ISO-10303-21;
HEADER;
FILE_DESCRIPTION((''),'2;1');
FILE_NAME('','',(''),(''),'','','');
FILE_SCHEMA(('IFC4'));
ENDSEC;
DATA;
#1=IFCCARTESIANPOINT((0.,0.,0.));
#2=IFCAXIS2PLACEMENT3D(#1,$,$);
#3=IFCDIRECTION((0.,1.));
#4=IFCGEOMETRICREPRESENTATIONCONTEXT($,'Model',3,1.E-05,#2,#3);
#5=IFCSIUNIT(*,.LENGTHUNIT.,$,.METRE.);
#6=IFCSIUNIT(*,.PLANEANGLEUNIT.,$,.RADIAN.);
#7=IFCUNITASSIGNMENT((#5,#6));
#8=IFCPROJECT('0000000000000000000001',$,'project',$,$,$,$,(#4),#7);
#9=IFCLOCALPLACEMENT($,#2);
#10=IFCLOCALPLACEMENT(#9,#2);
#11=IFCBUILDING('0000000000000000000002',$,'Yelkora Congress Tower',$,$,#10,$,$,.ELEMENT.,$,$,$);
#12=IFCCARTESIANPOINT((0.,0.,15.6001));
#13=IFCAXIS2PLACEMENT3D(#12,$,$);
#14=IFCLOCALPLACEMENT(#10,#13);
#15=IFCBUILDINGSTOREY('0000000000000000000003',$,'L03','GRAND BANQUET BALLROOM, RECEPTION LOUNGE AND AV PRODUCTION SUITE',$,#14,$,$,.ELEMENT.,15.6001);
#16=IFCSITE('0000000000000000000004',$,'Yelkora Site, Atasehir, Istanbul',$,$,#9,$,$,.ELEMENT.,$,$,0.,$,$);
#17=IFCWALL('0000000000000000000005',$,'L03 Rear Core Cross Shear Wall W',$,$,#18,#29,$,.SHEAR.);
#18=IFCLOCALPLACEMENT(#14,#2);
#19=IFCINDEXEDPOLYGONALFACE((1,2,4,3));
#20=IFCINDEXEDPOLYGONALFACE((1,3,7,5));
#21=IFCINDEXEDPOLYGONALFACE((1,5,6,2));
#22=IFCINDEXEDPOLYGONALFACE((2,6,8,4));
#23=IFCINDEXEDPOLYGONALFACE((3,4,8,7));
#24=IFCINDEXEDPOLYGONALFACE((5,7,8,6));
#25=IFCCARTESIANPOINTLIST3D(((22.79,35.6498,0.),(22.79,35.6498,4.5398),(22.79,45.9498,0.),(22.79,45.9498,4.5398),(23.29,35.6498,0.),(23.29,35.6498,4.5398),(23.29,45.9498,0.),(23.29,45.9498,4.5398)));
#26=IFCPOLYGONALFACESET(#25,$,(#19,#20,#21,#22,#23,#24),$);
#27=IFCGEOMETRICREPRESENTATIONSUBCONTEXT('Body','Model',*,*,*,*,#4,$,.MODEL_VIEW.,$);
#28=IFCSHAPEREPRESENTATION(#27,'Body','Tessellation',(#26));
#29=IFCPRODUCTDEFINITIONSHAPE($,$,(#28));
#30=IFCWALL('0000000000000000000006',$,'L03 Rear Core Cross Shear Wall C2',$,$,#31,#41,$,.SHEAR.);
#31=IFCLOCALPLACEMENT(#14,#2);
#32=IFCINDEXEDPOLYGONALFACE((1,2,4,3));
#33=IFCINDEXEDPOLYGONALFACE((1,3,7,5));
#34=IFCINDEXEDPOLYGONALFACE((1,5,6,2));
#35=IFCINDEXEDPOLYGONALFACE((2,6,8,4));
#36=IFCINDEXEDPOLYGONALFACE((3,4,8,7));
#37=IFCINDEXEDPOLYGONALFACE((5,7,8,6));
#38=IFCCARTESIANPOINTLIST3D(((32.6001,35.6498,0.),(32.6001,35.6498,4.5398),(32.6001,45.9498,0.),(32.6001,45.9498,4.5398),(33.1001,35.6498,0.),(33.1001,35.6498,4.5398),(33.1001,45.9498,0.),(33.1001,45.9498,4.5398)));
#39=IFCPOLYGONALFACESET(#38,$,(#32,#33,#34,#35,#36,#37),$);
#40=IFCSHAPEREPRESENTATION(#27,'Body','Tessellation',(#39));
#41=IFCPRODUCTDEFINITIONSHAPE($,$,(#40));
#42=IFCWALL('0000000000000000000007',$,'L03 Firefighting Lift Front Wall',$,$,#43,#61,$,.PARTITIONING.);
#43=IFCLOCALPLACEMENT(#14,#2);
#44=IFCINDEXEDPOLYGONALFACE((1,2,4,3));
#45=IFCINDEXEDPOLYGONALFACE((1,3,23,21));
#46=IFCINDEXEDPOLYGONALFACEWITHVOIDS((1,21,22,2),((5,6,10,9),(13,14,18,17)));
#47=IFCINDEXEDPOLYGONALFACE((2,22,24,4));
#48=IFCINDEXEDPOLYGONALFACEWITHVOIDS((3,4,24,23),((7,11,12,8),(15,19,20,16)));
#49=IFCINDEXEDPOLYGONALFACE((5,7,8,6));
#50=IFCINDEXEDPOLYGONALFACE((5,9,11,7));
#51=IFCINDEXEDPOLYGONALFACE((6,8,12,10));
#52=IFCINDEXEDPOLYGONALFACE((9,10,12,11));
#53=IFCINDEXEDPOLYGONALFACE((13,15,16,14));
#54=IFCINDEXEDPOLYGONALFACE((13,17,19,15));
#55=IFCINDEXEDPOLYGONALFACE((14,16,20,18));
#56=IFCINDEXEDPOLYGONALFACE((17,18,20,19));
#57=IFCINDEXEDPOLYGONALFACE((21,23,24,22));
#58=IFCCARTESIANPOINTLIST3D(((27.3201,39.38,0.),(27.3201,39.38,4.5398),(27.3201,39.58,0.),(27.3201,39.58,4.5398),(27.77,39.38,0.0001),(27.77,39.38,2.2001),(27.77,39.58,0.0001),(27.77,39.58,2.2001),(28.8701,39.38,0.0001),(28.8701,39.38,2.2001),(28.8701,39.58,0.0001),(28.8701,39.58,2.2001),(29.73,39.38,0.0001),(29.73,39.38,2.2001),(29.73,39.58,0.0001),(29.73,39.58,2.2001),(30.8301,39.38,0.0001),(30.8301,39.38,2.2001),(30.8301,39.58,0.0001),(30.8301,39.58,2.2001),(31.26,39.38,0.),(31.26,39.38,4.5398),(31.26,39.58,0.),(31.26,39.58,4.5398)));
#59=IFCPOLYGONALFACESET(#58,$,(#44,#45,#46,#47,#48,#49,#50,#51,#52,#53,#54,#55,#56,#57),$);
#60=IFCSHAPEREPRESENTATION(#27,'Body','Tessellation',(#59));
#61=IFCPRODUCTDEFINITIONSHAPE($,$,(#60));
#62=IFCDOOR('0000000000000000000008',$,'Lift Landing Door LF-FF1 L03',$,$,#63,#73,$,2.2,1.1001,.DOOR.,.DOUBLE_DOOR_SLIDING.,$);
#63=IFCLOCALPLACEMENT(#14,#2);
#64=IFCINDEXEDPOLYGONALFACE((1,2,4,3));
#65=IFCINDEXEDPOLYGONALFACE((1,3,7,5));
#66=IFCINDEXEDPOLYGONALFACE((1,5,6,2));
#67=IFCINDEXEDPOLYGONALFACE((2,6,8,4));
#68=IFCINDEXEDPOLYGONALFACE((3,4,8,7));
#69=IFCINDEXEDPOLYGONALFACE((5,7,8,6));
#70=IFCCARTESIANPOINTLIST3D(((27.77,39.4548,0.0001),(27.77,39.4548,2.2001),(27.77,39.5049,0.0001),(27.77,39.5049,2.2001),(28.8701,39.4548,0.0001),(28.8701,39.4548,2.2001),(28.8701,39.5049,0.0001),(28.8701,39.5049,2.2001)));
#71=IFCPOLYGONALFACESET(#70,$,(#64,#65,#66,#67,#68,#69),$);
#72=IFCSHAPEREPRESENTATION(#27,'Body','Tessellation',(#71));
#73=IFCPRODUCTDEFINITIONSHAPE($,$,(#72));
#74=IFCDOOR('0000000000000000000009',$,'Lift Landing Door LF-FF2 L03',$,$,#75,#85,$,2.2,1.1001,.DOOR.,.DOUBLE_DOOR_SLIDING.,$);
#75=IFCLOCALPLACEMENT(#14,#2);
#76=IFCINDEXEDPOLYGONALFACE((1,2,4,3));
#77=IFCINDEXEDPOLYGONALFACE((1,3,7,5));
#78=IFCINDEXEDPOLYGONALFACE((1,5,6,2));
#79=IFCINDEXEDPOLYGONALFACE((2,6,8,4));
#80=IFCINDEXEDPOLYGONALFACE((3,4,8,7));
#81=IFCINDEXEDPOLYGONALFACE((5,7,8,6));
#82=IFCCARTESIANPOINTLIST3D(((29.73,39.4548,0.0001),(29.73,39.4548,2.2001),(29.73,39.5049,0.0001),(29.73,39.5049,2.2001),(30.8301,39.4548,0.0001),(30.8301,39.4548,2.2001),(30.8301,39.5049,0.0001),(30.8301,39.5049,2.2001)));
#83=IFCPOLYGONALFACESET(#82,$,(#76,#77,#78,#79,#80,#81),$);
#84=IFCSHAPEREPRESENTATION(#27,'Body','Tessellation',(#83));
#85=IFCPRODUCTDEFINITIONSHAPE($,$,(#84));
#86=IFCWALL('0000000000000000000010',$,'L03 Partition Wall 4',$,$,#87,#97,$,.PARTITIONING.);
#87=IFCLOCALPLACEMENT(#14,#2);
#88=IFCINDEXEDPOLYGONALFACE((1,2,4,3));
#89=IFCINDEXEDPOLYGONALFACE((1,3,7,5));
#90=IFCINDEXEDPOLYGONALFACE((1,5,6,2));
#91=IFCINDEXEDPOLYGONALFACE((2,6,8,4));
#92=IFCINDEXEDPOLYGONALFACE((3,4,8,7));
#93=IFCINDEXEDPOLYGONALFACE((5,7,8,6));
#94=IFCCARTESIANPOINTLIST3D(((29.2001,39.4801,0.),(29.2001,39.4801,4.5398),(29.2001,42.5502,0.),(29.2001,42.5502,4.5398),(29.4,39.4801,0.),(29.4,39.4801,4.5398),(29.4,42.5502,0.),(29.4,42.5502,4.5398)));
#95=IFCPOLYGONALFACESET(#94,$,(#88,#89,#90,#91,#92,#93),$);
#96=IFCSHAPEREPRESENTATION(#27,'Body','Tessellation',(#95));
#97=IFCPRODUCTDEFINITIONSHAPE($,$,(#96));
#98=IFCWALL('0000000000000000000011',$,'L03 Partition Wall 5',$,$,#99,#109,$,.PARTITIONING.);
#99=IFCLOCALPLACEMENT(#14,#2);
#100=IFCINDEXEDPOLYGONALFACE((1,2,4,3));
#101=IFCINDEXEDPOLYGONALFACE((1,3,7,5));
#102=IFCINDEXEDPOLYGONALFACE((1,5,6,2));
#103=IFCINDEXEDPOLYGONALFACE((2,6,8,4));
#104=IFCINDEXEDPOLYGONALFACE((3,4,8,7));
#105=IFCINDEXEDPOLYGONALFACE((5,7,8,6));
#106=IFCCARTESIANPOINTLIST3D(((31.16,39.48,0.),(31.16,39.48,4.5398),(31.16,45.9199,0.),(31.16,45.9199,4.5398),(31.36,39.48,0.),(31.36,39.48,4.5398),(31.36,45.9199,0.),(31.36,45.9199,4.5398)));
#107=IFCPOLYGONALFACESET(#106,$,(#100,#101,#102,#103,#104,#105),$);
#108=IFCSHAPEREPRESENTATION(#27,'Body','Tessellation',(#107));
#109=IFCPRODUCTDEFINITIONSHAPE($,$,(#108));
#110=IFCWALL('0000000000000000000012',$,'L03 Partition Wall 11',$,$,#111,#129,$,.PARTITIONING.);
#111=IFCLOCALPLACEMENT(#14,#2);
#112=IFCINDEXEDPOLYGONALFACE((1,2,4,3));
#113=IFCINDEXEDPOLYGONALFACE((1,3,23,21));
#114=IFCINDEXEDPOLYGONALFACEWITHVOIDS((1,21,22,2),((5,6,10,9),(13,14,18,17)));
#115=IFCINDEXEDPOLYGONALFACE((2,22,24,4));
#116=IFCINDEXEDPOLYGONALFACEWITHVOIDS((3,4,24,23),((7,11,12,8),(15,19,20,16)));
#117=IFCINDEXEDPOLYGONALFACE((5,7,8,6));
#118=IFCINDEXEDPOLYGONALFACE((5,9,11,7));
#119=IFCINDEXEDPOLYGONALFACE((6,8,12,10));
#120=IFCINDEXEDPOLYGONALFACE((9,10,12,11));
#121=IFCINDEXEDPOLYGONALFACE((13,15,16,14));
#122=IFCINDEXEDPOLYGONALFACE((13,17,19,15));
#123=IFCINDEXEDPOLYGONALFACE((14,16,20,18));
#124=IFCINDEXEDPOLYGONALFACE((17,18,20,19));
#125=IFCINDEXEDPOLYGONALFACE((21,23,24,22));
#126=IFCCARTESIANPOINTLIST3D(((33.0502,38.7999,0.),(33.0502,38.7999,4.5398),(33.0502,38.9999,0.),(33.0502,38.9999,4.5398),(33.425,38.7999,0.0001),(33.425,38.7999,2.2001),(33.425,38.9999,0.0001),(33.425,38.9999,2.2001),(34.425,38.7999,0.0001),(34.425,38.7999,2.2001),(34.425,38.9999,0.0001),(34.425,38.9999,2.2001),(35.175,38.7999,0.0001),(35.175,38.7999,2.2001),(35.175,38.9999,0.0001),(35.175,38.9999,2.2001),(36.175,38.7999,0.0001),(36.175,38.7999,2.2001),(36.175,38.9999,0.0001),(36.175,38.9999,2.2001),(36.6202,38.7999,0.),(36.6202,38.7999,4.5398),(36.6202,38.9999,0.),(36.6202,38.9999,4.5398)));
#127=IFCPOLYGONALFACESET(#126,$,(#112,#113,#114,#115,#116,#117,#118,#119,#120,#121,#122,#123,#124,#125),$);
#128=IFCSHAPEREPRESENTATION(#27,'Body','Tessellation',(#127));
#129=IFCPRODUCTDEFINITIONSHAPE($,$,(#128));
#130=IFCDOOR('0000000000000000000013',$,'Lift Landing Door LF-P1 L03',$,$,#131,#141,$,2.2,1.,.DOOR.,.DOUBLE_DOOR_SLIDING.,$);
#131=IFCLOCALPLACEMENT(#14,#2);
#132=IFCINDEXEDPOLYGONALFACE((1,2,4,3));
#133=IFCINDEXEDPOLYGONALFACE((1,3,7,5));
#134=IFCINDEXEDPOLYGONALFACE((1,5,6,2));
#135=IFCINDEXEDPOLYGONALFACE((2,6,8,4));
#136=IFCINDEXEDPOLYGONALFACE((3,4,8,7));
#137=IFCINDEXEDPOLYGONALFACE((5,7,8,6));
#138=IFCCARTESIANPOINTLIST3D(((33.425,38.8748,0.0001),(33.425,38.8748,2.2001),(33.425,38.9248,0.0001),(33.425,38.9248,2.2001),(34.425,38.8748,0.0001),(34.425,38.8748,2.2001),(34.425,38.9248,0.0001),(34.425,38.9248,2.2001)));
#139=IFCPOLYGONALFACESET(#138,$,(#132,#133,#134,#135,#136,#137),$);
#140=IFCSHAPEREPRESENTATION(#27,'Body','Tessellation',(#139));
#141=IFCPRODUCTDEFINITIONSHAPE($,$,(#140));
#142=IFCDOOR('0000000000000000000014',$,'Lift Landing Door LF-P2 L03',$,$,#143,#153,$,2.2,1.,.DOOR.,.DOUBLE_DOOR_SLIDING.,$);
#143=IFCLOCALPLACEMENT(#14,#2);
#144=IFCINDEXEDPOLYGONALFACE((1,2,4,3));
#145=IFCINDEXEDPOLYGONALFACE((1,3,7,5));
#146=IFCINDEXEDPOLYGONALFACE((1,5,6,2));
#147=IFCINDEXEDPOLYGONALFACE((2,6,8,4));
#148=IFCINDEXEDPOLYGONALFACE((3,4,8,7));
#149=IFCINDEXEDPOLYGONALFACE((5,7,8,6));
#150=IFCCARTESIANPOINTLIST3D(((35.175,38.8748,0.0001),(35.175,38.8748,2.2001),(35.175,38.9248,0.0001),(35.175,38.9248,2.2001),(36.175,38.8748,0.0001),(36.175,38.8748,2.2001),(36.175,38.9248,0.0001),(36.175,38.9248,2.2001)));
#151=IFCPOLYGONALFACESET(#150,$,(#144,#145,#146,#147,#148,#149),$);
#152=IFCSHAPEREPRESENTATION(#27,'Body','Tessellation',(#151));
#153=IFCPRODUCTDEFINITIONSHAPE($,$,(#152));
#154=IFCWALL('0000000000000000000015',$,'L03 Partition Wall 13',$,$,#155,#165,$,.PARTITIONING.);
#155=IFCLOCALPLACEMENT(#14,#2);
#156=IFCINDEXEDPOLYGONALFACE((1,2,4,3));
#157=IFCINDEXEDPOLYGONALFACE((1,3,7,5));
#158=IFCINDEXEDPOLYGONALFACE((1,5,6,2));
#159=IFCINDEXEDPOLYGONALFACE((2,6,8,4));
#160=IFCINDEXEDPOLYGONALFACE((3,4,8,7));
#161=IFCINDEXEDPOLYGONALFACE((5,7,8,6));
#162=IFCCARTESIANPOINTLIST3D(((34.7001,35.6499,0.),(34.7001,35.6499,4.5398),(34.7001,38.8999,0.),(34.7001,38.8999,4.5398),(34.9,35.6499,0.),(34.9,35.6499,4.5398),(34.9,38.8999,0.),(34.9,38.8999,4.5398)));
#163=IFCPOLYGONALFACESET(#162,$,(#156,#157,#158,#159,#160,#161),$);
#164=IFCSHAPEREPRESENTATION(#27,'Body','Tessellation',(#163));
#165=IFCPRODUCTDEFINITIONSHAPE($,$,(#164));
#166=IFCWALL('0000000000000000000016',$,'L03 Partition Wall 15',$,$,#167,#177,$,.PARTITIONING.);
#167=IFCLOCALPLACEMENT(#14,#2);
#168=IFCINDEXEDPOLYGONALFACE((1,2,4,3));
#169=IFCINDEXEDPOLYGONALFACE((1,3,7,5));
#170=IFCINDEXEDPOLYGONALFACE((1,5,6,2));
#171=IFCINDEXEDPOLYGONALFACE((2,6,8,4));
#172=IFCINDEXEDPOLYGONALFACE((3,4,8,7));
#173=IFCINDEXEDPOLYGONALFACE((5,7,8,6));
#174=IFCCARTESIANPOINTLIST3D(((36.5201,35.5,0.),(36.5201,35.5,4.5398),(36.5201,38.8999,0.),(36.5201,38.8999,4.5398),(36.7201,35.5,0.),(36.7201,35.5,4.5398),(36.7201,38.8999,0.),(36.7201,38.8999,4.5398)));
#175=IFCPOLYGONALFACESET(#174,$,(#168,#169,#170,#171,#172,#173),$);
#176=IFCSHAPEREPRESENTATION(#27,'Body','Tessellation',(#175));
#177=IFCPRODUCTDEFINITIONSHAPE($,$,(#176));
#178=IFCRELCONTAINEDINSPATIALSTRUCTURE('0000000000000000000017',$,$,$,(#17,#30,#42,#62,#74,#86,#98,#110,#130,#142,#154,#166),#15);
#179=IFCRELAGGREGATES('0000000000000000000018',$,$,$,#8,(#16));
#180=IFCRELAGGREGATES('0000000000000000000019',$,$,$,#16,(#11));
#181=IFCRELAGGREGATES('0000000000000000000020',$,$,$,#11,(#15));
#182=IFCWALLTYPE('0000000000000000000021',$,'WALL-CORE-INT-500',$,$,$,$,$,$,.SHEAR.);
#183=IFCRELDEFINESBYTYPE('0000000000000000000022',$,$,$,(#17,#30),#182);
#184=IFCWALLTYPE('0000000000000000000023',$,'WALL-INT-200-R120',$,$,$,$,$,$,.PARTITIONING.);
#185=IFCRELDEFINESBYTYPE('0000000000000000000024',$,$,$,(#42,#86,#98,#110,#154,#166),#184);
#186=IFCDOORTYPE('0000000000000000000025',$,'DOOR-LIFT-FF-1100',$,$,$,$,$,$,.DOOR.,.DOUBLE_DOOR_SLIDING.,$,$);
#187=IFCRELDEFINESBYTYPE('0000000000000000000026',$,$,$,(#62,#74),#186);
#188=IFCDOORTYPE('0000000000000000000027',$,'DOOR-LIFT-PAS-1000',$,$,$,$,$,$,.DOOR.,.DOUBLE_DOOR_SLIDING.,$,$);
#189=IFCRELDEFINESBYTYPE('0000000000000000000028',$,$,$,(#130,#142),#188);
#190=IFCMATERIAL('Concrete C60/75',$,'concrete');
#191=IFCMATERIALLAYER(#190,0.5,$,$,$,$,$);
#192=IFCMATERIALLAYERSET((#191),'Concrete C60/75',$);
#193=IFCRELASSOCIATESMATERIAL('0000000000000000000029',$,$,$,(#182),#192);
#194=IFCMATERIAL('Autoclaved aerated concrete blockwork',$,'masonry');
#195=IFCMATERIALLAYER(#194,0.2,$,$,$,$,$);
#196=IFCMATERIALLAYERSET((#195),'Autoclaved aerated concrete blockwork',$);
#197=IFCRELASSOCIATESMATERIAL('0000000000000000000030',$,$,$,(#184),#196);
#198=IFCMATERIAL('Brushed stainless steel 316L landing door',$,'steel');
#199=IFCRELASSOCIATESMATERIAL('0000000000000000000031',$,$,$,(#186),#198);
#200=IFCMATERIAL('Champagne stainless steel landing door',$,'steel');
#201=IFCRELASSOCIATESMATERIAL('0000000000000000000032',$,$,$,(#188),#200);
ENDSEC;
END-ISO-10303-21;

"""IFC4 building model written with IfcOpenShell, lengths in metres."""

from ifc_helpers import new_model, si_unit, direction, frame, frame_2d, origin, place, context, subcontext, project, spatial, rectangle, extrude, material, layer, layer_set, type_object, element, fill, save


model = new_model("IFC4")

# Units and contexts
model_context = context("Model", 3, precision=1e-05, world=origin(), true_north=direction((0.0, 1.0)))
body_context = subcontext(model_context, "Body", "Model", "MODEL_VIEW")
ifc_project = project(units=[si_unit("LENGTHUNIT", "METRE"), si_unit("PLANEANGLEUNIT", "RADIAN")], contexts=[model_context])

# Site, building, storey
site_placement = place(None, origin())
site = spatial("IfcSite", under=ifc_project, at=site_placement, Name="Yelkora Site, Atasehir, Istanbul", CompositionType="ELEMENT", RefElevation=0.0)
building_placement = place(site_placement, origin())
building = spatial("IfcBuilding", under=site, at=building_placement, Name="Yelkora Congress Tower", CompositionType="ELEMENT")
storey_placement = place(building_placement, frame((0.0, 0.0, 15.6001)))
storey = spatial("IfcBuildingStorey", under=building, at=storey_placement, Name="L03", Description="GRAND BANQUET BALLROOM, RECEPTION LOUNGE AND AV PRODUCTION SUITE", CompositionType="ELEMENT", Elevation=15.6001)

# Wall
ifc_material_1 = material(Name="Concrete C60/75", Category="concrete")
ifc_layer_1 = layer(ifc_material_1, 0.5)
ifc_layer_set_1 = layer_set([ifc_layer_1], Name="Concrete C60/75")
wall_type_1 = type_object("IfcWallType", Name="WALL-CORE-INT-500", PredefinedType="SHEAR", material=ifc_layer_set_1)
wall_1_placement = place(storey_placement, frame((23.04, 35.6499, 0.0), z_axis=(0.0, 0.0, 1.0), x_axis=(0.0, 1.0, 0.0)))
element("IfcWall", 1, at=wall_1_placement, inside=storey, type_object=wall_type_1, Name="L03 Rear Core Cross Shear Wall W", PredefinedType="SHEAR", context=body_context, shape_type="SweptSolid", body=[
    extrude(rectangle(XDim=10.3, YDim=0.5, at=frame_2d((5.1499, 0.0))), origin(), (0.0, 0.0, 1.0), 4.5398),
])

# Wall
wall_2_placement = place(storey_placement, frame((32.8501, 35.6499, 0.0), z_axis=(0.0, 0.0, 1.0), x_axis=(0.0, 1.0, 0.0)))
element("IfcWall", 2, at=wall_2_placement, inside=storey, type_object=wall_type_1, Name="L03 Rear Core Cross Shear Wall C2", PredefinedType="SHEAR", context=body_context, shape_type="SweptSolid", body=[
    extrude(rectangle(XDim=10.3, YDim=0.5, at=frame_2d((5.1499, 0.0))), origin(), (0.0, 0.0, 1.0), 4.5398),
])

# Shared definitions
ifc_material_2 = material(Name="Autoclaved aerated concrete blockwork", Category="masonry")
ifc_layer_2 = layer(ifc_material_2, 0.2)
ifc_layer_set_2 = layer_set([ifc_layer_2], Name="Autoclaved aerated concrete blockwork")
wall_type_2 = type_object("IfcWallType", Name="WALL-INT-200-R120", PredefinedType="PARTITIONING", material=ifc_layer_set_2)

# Wall, openings, doors
wall_3_placement = place(storey_placement, frame((27.3201, 39.48, 0.0), z_axis=(0.0, 0.0, 1.0), x_axis=(1.0, 0.0, 0.0)))
wall_3 = element("IfcWall", 3, at=wall_3_placement, inside=storey, type_object=wall_type_2, Name="L03 Firefighting Lift Front Wall", PredefinedType="PARTITIONING", context=body_context, shape_type="SweptSolid", body=[
    extrude(rectangle(XDim=3.9399, YDim=0.2, at=frame_2d((1.97, 0.0))), origin(), (0.0, 0.0, 1.0), 4.5398),
])
opening_1_placement = place(wall_3_placement, frame((0.45, 0.0, 0.0)))
opening_1 = element("IfcOpeningElement", 4, at=opening_1_placement, cuts=wall_3, PredefinedType="OPENING", context=body_context, shape_type="SweptSolid", body=[
    extrude(rectangle(XDim=1.1001, YDim=2.2, at=frame_2d((0.55, 1.1001))), frame((0.0, 0.1099, 0.0), z_axis=(0.0, -1.0, 0.0), x_axis=(1.0, 0.0, 0.0)), (0.0, 0.0, 1.0), 0.22),
])
opening_2_placement = place(wall_3_placement, frame((2.4099, 0.0, 0.0)))
opening_2 = element("IfcOpeningElement", 5, at=opening_2_placement, cuts=wall_3, PredefinedType="OPENING", context=body_context, shape_type="SweptSolid", body=[
    extrude(rectangle(XDim=1.1001, YDim=2.2, at=frame_2d((0.55, 1.1001))), frame((0.0, 0.1099, 0.0), z_axis=(0.0, -1.0, 0.0), x_axis=(1.0, 0.0, 0.0)), (0.0, 0.0, 1.0), 0.22),
])
ifc_material_3 = material(Name="Brushed stainless steel 316L landing door", Category="steel")
door_type_1 = type_object("IfcDoorType", Name="DOOR-LIFT-FF-1100", OperationType="DOUBLE_DOOR_SLIDING", PredefinedType="DOOR", material=ifc_material_3)
door_1_placement = place(opening_1_placement, origin())
door_1 = element("IfcDoor", 6, at=door_1_placement, inside=storey, type_object=door_type_1, Name="Lift Landing Door LF-FF1 L03", OperationType="DOUBLE_DOOR_SLIDING", OverallHeight=2.2, OverallWidth=1.1001, PredefinedType="DOOR", context=body_context, shape_type="SweptSolid", body=[
    extrude(rectangle(XDim=1.1001, YDim=2.2, at=frame_2d((0.55, 1.1001))), frame((0.0, 0.0249, 0.0), z_axis=(0.0, -1.0, 0.0), x_axis=(1.0, 0.0, 0.0)), (0.0, 0.0, 1.0), 0.05),
])
fill(opening_1, door_1)
door_2_placement = place(opening_2_placement, origin())
door_2 = element("IfcDoor", 7, at=door_2_placement, inside=storey, type_object=door_type_1, Name="Lift Landing Door LF-FF2 L03", OperationType="DOUBLE_DOOR_SLIDING", OverallHeight=2.2, OverallWidth=1.1001, PredefinedType="DOOR", context=body_context, shape_type="SweptSolid", body=[
    extrude(rectangle(XDim=1.1001, YDim=2.2, at=frame_2d((0.55, 1.1001))), frame((0.0, 0.0249, 0.0), z_axis=(0.0, -1.0, 0.0), x_axis=(1.0, 0.0, 0.0)), (0.0, 0.0, 1.0), 0.05),
])
fill(opening_2, door_2)

# Walls
wall_4_placement = place(storey_placement, frame((29.3, 39.48, 0.0), z_axis=(0.0, 0.0, 1.0), x_axis=(0.0, 1.0, 0.0)))
element("IfcWall", 8, at=wall_4_placement, inside=storey, type_object=wall_type_2, Name="L03 Partition Wall 4", PredefinedType="PARTITIONING", context=body_context, shape_type="SweptSolid", body=[
    extrude(rectangle(XDim=3.0701, YDim=0.2, at=frame_2d((1.5352, 0.0))), origin(), (0.0, 0.0, 1.0), 4.5398),
])
wall_5_placement = place(storey_placement, frame((31.26, 39.48, 0.0), z_axis=(0.0, 0.0, 1.0), x_axis=(0.0, 1.0, 0.0)))
element("IfcWall", 9, at=wall_5_placement, inside=storey, type_object=wall_type_2, Name="L03 Partition Wall 5", PredefinedType="PARTITIONING", context=body_context, shape_type="SweptSolid", body=[
    extrude(rectangle(XDim=6.4399, YDim=0.2, at=frame_2d((3.22, 0.0))), origin(), (0.0, 0.0, 1.0), 4.5398),
])

# Wall, openings, doors
wall_6_placement = place(storey_placement, frame((33.05, 38.8999, 0.0), z_axis=(0.0, 0.0, 1.0), x_axis=(1.0, 0.0, 0.0)))
wall_6 = element("IfcWall", 10, at=wall_6_placement, inside=storey, type_object=wall_type_2, Name="L03 Partition Wall 11", PredefinedType="PARTITIONING", context=body_context, shape_type="SweptSolid", body=[
    extrude(rectangle(XDim=3.5701, YDim=0.2, at=frame_2d((1.7852, 0.0))), origin(), (0.0, 0.0, 1.0), 4.5398),
])
opening_3_placement = place(wall_6_placement, frame((0.375, 0.0, 0.0)))
opening_3 = element("IfcOpeningElement", 11, at=opening_3_placement, cuts=wall_6, PredefinedType="OPENING", context=body_context, shape_type="SweptSolid", body=[
    extrude(rectangle(XDim=1.0, YDim=2.2, at=frame_2d((0.5, 1.1001))), frame((0.0, 0.1099, 0.0), z_axis=(0.0, -1.0, 0.0), x_axis=(1.0, 0.0, 0.0)), (0.0, 0.0, 1.0), 0.22),
])
opening_4_placement = place(wall_6_placement, frame((2.125, 0.0, 0.0)))
opening_4 = element("IfcOpeningElement", 12, at=opening_4_placement, cuts=wall_6, PredefinedType="OPENING", context=body_context, shape_type="SweptSolid", body=[
    extrude(rectangle(XDim=1.0, YDim=2.2, at=frame_2d((0.5, 1.1001))), frame((0.0, 0.1099, 0.0), z_axis=(0.0, -1.0, 0.0), x_axis=(1.0, 0.0, 0.0)), (0.0, 0.0, 1.0), 0.22),
])
ifc_material_4 = material(Name="Champagne stainless steel landing door", Category="steel")
door_type_2 = type_object("IfcDoorType", Name="DOOR-LIFT-PAS-1000", OperationType="DOUBLE_DOOR_SLIDING", PredefinedType="DOOR", material=ifc_material_4)
door_3_placement = place(opening_3_placement, origin())
door_3 = element("IfcDoor", 13, at=door_3_placement, inside=storey, type_object=door_type_2, Name="Lift Landing Door LF-P1 L03", OperationType="DOUBLE_DOOR_SLIDING", OverallHeight=2.2, OverallWidth=1.0, PredefinedType="DOOR", context=body_context, shape_type="SweptSolid", body=[
    extrude(rectangle(XDim=1.0, YDim=2.2, at=frame_2d((0.5, 1.1001))), frame((0.0, 0.0249, 0.0), z_axis=(0.0, -1.0, 0.0), x_axis=(1.0, 0.0, 0.0)), (0.0, 0.0, 1.0), 0.05),
])
fill(opening_3, door_3)
door_4_placement = place(opening_4_placement, origin())
door_4 = element("IfcDoor", 14, at=door_4_placement, inside=storey, type_object=door_type_2, Name="Lift Landing Door LF-P2 L03", OperationType="DOUBLE_DOOR_SLIDING", OverallHeight=2.2, OverallWidth=1.0, PredefinedType="DOOR", context=body_context, shape_type="SweptSolid", body=[
    extrude(rectangle(XDim=1.0, YDim=2.2, at=frame_2d((0.5, 1.1001))), frame((0.0, 0.0249, 0.0), z_axis=(0.0, -1.0, 0.0), x_axis=(1.0, 0.0, 0.0)), (0.0, 0.0, 1.0), 0.05),
])
fill(opening_4, door_4)

# Walls
wall_7_placement = place(storey_placement, frame((34.8, 35.6499, 0.0), z_axis=(0.0, 0.0, 1.0), x_axis=(0.0, 1.0, 0.0)))
element("IfcWall", 15, at=wall_7_placement, inside=storey, type_object=wall_type_2, Name="L03 Partition Wall 13", PredefinedType="PARTITIONING", context=body_context, shape_type="SweptSolid", body=[
    extrude(rectangle(XDim=3.25, YDim=0.2, at=frame_2d((1.625, 0.0))), origin(), (0.0, 0.0, 1.0), 4.5398),
])
wall_8_placement = place(storey_placement, frame((36.6201, 35.5, 0.0), z_axis=(0.0, 0.0, 1.0), x_axis=(0.0, 1.0, 0.0)))
element("IfcWall", 16, at=wall_8_placement, inside=storey, type_object=wall_type_2, Name="L03 Partition Wall 15", PredefinedType="PARTITIONING", context=body_context, shape_type="SweptSolid", body=[
    extrude(rectangle(XDim=3.3999, YDim=0.2, at=frame_2d((1.7, 0.0))), origin(), (0.0, 0.0, 1.0), 4.5398),
])

save(model, "model.ifc")
